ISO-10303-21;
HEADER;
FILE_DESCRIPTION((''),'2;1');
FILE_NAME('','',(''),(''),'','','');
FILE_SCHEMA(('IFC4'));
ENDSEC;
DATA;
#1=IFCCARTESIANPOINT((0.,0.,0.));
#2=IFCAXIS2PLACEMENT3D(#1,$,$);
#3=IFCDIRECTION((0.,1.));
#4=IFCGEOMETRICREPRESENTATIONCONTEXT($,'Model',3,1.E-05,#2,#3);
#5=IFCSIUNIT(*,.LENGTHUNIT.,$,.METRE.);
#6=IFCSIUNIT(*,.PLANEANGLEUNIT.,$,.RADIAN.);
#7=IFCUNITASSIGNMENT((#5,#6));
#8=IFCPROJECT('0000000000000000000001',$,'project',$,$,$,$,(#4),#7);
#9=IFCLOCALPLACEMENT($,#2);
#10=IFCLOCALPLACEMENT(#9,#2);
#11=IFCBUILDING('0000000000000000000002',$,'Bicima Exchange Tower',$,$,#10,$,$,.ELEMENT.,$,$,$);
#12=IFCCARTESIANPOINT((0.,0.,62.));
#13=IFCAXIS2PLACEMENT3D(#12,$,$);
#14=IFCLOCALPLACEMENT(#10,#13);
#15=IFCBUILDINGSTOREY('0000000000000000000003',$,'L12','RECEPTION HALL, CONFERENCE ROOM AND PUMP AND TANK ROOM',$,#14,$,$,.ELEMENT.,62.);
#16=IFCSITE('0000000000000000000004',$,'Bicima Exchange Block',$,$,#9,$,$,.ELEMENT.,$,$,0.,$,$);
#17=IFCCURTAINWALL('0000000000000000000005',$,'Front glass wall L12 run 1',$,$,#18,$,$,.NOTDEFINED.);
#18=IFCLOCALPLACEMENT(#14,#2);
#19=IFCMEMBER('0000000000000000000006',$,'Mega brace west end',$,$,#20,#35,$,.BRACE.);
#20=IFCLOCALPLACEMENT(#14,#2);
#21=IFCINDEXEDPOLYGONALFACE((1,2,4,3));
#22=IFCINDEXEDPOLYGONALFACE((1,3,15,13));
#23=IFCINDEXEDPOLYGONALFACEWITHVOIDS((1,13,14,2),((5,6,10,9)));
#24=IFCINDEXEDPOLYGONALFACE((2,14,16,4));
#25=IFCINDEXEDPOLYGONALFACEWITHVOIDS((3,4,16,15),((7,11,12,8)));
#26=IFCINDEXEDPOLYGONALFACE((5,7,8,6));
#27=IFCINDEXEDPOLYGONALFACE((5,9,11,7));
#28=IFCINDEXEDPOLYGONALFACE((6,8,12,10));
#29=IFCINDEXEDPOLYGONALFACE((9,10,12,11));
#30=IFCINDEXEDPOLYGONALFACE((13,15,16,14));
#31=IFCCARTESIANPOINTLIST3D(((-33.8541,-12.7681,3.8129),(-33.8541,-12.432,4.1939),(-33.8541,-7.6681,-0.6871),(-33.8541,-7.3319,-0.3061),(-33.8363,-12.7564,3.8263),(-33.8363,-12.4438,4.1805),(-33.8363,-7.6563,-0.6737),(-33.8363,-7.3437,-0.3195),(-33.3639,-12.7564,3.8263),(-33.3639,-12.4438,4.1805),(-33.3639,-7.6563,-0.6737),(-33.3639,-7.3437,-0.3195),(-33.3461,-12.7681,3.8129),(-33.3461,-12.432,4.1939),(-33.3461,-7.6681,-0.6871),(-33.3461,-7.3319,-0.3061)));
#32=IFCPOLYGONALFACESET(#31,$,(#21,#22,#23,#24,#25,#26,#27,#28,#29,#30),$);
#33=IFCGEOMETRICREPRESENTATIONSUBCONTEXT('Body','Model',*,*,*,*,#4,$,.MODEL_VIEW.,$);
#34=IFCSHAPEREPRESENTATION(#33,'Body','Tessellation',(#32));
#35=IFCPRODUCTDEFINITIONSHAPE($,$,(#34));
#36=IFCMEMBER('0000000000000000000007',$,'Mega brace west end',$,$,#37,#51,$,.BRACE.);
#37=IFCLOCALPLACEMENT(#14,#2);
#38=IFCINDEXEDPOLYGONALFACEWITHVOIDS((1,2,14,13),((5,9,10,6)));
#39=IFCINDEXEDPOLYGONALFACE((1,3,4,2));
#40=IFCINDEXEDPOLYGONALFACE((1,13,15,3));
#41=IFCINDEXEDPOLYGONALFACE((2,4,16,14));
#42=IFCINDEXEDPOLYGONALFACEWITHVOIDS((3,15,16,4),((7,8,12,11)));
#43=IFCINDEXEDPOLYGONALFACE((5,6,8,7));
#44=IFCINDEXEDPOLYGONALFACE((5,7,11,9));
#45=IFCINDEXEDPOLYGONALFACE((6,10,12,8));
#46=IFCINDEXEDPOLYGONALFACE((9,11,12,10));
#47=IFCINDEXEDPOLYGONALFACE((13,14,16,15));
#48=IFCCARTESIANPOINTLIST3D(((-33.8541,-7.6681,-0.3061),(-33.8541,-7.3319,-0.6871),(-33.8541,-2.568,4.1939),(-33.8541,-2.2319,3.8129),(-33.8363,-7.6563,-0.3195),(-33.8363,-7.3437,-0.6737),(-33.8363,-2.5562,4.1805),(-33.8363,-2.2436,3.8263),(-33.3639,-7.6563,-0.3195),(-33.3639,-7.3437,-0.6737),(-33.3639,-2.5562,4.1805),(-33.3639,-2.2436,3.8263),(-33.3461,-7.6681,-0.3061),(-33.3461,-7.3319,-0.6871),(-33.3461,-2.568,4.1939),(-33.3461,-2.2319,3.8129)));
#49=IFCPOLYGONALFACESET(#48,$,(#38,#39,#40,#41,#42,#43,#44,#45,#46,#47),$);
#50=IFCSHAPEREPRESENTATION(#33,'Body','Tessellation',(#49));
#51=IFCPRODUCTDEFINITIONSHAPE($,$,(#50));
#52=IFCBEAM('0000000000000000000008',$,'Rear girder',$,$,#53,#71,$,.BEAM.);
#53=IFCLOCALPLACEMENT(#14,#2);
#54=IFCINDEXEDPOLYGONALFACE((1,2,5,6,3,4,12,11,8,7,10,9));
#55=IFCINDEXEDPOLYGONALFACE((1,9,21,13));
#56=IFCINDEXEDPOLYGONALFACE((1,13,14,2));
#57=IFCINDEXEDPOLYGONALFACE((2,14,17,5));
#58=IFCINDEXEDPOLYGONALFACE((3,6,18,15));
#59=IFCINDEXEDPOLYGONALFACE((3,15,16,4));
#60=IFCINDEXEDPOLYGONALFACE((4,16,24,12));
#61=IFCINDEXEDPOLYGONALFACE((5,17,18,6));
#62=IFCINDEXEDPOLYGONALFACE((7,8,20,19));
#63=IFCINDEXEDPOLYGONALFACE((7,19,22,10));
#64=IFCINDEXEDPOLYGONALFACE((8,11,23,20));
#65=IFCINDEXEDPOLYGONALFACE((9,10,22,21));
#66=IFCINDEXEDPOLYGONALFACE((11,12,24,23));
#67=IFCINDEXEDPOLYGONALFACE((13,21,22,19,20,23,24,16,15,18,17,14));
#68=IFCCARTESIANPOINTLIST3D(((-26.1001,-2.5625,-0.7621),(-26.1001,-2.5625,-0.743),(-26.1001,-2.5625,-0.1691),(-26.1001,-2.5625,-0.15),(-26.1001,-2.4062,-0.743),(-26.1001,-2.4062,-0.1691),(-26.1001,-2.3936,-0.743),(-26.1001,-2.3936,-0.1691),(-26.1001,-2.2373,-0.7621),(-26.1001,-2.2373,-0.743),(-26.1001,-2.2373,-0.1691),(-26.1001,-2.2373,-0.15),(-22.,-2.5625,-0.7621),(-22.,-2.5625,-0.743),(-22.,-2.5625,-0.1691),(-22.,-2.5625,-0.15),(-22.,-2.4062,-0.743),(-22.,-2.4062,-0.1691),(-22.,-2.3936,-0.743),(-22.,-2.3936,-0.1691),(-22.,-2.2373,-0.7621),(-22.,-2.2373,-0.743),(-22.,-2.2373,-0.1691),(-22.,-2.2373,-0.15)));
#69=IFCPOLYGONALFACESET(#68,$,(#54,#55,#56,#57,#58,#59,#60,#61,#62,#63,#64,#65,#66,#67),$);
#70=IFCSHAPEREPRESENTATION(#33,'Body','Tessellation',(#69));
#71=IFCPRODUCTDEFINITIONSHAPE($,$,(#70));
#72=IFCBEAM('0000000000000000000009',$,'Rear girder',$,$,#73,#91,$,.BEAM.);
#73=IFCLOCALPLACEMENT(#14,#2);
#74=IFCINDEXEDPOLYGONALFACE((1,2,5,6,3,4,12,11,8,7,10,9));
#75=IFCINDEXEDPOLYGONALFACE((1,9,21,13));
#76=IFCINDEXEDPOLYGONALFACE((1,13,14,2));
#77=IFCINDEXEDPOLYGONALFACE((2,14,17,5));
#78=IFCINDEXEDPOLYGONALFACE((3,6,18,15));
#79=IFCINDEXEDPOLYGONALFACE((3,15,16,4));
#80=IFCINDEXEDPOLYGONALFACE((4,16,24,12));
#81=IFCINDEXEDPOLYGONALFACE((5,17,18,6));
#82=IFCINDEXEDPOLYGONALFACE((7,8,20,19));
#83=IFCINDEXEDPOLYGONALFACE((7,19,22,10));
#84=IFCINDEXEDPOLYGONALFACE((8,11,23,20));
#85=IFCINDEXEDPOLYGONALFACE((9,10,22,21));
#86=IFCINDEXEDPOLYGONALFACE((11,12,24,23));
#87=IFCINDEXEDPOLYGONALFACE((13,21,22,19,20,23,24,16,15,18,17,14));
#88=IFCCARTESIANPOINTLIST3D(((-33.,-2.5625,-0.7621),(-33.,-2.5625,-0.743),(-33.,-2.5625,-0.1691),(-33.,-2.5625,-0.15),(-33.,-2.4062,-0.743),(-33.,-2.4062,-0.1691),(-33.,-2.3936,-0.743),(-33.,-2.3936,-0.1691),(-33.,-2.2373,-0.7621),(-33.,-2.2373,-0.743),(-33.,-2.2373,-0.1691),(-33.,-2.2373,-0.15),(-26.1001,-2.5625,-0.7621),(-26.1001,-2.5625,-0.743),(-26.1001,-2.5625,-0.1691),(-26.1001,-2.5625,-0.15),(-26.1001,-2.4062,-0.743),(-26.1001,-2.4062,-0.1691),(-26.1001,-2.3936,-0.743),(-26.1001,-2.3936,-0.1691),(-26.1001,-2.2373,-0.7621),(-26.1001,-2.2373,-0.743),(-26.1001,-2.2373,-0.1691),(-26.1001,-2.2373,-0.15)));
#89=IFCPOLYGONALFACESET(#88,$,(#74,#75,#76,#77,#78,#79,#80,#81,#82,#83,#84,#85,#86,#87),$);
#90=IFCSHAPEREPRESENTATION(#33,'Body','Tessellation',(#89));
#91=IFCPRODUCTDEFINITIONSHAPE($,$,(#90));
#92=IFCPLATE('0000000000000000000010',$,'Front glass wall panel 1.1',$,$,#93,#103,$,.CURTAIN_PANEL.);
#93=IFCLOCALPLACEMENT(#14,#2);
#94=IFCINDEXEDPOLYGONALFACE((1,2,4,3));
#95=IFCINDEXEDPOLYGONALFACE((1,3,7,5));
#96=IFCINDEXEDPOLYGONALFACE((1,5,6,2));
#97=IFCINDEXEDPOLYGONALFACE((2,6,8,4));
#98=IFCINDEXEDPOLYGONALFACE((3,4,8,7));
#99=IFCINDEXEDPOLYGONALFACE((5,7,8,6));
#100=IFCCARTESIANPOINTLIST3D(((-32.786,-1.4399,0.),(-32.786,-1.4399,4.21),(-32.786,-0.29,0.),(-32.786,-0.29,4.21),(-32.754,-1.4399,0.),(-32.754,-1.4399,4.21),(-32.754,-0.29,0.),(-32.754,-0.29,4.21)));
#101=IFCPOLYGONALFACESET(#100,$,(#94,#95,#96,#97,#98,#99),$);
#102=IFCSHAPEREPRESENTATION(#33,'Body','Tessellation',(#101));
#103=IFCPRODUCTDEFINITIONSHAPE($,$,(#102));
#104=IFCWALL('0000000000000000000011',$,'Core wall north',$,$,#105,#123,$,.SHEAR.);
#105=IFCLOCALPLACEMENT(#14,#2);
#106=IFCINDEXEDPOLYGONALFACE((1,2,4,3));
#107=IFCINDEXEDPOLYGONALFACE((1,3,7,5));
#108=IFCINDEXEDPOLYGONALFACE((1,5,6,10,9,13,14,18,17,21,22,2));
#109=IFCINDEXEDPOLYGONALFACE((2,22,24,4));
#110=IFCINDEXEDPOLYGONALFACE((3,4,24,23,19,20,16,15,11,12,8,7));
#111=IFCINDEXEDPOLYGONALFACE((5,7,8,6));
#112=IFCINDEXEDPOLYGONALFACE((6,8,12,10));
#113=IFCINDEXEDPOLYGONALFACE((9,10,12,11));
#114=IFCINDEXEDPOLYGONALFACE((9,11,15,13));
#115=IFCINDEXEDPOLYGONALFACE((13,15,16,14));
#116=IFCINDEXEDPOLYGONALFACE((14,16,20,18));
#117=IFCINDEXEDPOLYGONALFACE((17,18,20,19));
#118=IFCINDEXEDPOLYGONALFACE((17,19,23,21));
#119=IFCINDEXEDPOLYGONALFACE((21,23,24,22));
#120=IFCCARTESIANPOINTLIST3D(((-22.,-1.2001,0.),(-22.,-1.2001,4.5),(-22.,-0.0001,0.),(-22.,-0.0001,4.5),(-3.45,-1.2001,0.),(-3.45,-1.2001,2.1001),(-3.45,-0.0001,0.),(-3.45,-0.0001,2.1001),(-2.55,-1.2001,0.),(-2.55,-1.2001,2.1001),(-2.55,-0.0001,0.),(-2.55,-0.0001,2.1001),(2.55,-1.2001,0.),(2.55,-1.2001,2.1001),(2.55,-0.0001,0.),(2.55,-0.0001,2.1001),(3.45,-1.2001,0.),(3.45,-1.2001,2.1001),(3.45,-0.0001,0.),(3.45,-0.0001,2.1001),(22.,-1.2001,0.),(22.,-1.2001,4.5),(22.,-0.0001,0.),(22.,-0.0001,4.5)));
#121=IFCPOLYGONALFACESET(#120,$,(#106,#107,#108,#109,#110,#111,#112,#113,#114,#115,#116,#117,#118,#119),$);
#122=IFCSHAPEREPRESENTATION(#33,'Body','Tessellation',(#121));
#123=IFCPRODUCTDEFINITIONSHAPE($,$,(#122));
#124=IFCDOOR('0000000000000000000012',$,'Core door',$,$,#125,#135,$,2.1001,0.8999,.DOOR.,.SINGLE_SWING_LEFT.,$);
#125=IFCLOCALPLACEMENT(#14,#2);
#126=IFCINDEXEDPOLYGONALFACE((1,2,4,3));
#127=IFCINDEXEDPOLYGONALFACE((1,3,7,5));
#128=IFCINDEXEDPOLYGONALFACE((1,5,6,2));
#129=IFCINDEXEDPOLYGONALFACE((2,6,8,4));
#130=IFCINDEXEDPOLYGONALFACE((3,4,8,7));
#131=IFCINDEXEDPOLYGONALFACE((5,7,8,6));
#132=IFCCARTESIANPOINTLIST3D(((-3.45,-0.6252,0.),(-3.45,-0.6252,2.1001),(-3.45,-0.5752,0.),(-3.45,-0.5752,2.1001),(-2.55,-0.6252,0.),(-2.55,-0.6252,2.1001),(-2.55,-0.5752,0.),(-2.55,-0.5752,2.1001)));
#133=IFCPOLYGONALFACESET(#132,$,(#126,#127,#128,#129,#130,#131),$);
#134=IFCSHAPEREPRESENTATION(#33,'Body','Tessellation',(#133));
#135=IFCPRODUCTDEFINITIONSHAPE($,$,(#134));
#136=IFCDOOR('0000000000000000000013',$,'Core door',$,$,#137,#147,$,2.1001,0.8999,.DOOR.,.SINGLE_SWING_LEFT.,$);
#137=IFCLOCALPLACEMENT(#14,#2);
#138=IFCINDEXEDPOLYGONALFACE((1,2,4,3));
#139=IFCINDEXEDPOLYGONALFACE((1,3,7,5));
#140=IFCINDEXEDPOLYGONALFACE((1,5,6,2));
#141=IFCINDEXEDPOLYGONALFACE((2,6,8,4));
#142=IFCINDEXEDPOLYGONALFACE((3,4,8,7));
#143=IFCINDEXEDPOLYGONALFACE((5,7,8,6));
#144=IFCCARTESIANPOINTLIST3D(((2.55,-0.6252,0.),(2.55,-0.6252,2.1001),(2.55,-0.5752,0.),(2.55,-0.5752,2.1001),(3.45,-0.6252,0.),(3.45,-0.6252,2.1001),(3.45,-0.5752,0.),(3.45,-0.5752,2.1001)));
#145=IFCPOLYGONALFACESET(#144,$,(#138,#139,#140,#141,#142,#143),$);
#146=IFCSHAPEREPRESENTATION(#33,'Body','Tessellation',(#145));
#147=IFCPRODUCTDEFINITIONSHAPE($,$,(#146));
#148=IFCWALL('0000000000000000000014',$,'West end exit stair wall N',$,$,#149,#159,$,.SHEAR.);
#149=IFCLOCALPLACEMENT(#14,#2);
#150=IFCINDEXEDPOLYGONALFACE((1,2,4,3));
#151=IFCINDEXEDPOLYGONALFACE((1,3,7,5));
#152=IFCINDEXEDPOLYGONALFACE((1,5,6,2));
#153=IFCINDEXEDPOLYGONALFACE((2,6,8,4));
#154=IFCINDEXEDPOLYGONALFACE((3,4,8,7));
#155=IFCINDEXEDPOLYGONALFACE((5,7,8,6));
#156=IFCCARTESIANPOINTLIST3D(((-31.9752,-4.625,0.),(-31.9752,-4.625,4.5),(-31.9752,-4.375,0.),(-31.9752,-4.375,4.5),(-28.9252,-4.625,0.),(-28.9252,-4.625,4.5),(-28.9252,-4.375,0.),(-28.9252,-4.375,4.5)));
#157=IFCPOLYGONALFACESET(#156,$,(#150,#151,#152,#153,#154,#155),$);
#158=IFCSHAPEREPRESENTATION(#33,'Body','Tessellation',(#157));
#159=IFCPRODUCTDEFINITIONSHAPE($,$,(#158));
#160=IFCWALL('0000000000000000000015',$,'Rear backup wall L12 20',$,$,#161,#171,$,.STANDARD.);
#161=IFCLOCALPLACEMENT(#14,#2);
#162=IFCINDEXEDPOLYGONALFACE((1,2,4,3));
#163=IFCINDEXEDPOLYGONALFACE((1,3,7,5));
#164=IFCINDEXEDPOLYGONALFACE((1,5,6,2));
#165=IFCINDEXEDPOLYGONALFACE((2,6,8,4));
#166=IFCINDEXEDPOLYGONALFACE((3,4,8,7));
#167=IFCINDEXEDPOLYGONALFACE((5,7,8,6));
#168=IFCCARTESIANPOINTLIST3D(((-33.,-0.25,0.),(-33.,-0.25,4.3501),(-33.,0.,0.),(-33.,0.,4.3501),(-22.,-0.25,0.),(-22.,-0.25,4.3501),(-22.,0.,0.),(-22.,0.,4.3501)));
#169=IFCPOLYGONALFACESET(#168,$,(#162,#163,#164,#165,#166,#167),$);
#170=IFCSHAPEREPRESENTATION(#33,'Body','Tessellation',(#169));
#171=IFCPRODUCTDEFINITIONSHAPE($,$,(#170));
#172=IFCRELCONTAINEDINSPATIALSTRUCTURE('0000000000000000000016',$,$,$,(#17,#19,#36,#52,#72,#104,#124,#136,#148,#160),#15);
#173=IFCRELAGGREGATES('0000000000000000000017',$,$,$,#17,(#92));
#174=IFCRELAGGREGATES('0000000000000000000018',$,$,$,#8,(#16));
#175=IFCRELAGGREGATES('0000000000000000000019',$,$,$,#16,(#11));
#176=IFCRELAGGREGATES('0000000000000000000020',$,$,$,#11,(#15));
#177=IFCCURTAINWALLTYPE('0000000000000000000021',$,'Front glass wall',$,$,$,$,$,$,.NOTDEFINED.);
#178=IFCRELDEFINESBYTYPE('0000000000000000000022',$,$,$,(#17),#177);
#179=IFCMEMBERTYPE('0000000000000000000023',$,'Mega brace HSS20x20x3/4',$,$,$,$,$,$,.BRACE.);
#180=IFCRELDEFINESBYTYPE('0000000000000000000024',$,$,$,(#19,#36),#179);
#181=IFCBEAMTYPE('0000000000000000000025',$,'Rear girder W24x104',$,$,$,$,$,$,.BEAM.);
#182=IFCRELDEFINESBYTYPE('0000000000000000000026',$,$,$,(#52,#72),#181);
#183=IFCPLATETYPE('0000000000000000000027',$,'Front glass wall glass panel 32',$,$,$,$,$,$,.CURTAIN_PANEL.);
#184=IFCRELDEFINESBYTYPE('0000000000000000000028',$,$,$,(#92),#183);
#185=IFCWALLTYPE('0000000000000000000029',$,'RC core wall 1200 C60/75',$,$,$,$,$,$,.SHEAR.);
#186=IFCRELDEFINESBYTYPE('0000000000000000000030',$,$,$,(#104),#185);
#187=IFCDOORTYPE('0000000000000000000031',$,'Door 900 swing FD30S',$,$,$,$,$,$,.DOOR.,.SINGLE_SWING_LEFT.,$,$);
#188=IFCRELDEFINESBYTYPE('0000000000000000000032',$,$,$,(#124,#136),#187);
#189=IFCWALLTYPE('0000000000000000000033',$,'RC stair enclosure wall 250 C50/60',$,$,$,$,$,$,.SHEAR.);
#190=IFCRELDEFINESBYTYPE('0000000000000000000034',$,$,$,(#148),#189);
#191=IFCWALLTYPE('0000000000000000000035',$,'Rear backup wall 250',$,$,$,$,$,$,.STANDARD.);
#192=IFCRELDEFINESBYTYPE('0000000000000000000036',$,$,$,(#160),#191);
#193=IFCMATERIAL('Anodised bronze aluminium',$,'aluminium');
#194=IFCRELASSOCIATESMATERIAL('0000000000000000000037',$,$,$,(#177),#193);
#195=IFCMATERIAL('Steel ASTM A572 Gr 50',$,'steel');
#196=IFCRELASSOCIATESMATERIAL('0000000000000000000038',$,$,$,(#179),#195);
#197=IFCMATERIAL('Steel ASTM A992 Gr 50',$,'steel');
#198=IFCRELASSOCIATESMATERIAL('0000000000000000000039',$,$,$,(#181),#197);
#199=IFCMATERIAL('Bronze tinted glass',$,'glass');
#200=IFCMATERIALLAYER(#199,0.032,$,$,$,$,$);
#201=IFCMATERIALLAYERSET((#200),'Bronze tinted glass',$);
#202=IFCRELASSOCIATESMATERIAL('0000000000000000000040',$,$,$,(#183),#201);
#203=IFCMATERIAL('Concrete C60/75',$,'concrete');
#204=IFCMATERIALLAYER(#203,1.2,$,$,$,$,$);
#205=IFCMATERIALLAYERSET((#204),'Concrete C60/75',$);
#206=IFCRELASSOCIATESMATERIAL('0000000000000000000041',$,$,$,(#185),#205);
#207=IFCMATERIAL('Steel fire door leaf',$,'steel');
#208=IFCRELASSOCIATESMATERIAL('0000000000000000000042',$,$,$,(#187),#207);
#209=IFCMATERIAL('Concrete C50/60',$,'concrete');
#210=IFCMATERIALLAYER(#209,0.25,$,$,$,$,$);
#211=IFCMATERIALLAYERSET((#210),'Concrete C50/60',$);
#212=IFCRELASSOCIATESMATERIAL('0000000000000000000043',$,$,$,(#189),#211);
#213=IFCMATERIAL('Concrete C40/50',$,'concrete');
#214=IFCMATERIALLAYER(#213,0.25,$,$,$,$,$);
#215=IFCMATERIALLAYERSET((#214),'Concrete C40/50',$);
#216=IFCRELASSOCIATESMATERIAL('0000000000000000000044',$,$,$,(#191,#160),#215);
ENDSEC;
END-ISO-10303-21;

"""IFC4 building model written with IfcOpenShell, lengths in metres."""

from ifc_helpers import new_model, si_unit, direction, frame, frame_2d, origin, origin_2d, place, context, subcontext, project, spatial, rectangle, hollow_rectangle, i_section, extrude, material, layer, layer_set, layer_usage, material_profile, profile_set, type_object, element, fill, aggregate, save


model = new_model("IFC4")

# Units and contexts
model_context = context("Model", 3, precision=1e-05, world=origin(), true_north=direction((0.0, 1.0)))
body_context = subcontext(model_context, "Body", "Model", "MODEL_VIEW")
ifc_project = project(units=[si_unit("LENGTHUNIT", "METRE"), si_unit("PLANEANGLEUNIT", "RADIAN")], contexts=[model_context])

# Site, building, storey
site_placement = place(None, origin())
site = spatial("IfcSite", under=ifc_project, at=site_placement, Name="Bicima Exchange Block", CompositionType="ELEMENT", RefElevation=0.0)
building_placement = place(site_placement, origin())
building = spatial("IfcBuilding", under=site, at=building_placement, Name="Bicima Exchange Tower", CompositionType="ELEMENT")
storey_placement = place(building_placement, frame((0.0, 0.0, 62.0)))
storey = spatial("IfcBuildingStorey", under=building, at=storey_placement, Name="L12", Description="RECEPTION HALL, CONFERENCE ROOM AND PUMP AND TANK ROOM", CompositionType="ELEMENT", Elevation=62.0)

# Shared definitions
ifc_material_1 = material(Name="Steel ASTM A572 Gr 50", Category="steel")
ifc_material_2 = material(Name="Steel ASTM A992 Gr 50", Category="steel")

# Curtain wall
ifc_material_3 = material(Name="Anodised bronze aluminium", Category="aluminium")
curtain_wall_type = type_object("IfcCurtainWallType", Name="Front glass wall", PredefinedType="NOTDEFINED", material=ifc_material_3)
curtain_wall_placement = place(storey_placement, origin())
curtain_wall = element("IfcCurtainWall", 1, at=curtain_wall_placement, inside=storey, type_object=curtain_wall_type, Name="Front glass wall L12 run 1", PredefinedType="NOTDEFINED")

# Members
ifc_material_profile_1 = material_profile(ifc_material_1, hollow_rectangle(XDim=0.5081, YDim=0.5081, WallThickness=0.0178, at=origin_2d()))
ifc_profile_set_1 = profile_set([ifc_material_profile_1], Name="Steel ASTM A572 Gr 50")
member_type_1 = type_object("IfcMemberType", Name="Mega brace HSS20x20x3/4", PredefinedType="BRACE", material=ifc_profile_set_1)
for number, where, z_axis, x_axis, name in (
    (2, (-33.6001, -7.5, -0.4966), (0.0, -0.749844, 0.661615), (1.0, 0.0, 0.0), "Mega brace west end"),
    (3, (-33.6001, -7.5, -0.4966), (0.0, 0.749844, 0.661615), (-1.0, 0.0, 0.0), "Mega brace west end"),
):
    element("IfcMember", number, at=place(storey_placement, frame(where, z_axis=z_axis, x_axis=x_axis)), inside=storey, type_object=member_type_1, Name=name, PredefinedType="BRACE", context=body_context, shape_type="SweptSolid", body=[
        extrude(hollow_rectangle(XDim=0.5081, YDim=0.5081, WallThickness=0.0178, at=origin_2d()), origin(), (0.0, 0.0, 1.0), 6.8015),
    ])

# Beams
ifc_material_profile_2 = material_profile(ifc_material_2, i_section(OverallWidth=0.3252, OverallDepth=0.6121, WebThickness=0.0127, FlangeThickness=0.019, at=origin_2d()))
ifc_profile_set_2 = profile_set([ifc_material_profile_2], Name="Steel ASTM A992 Gr 50")
beam_type_1 = type_object("IfcBeamType", Name="Rear girder W24x104", PredefinedType="BEAM", material=ifc_profile_set_2)
beam_1_placement = place(storey_placement, frame((-22.0, -2.3999, -0.4561), z_axis=(-1.0, 0.0, 0.0), x_axis=(0.0, -1.0, 0.0)))
element("IfcBeam", 4, at=beam_1_placement, inside=storey, type_object=beam_type_1, Name="Rear girder", PredefinedType="BEAM", context=body_context, shape_type="SweptSolid", body=[
    extrude(i_section(OverallWidth=0.3252, OverallDepth=0.6121, WebThickness=0.0127, FlangeThickness=0.019, at=origin_2d()), origin(), (0.0, 0.0, 1.0), 4.1001),
])
beam_2_placement = place(storey_placement, frame((-26.1001, -2.3999, -0.4561), z_axis=(-1.0, 0.0, 0.0), x_axis=(0.0, -1.0, 0.0)))
element("IfcBeam", 5, at=beam_2_placement, inside=storey, type_object=beam_type_1, Name="Rear girder", PredefinedType="BEAM", context=body_context, shape_type="SweptSolid", body=[
    extrude(i_section(OverallWidth=0.3252, OverallDepth=0.6121, WebThickness=0.0127, FlangeThickness=0.019, at=origin_2d()), origin(), (0.0, 0.0, 1.0), 6.8999),
])

# Plate
ifc_material_4 = material(Name="Bronze tinted glass", Category="glass")
ifc_layer_1 = layer(ifc_material_4, 0.032)
ifc_layer_set_1 = layer_set([ifc_layer_1], Name="Bronze tinted glass")
plate_type = type_object("IfcPlateType", Name="Front glass wall glass panel 32", PredefinedType="CURTAIN_PANEL", material=ifc_layer_set_1)
plate_placement = place(storey_placement, frame((-32.77, -0.865, 0.0), z_axis=(0.0, 0.0, 1.0), x_axis=(0.0, -1.0, 0.0)))
plate = element("IfcPlate", 6, at=plate_placement, type_object=plate_type, Name="Front glass wall panel 1.1", PredefinedType="CURTAIN_PANEL", context=body_context, shape_type="SweptSolid", body=[
    extrude(rectangle(XDim=1.1499, YDim=0.032, at=origin_2d()), origin(), (0.0, 0.0, 1.0), 4.21),
])
aggregate(curtain_wall, [plate])

# Wall, openings, doors
ifc_material_5 = material(Name="Concrete C60/75", Category="concrete")
ifc_layer_2 = layer(ifc_material_5, 1.2)
ifc_layer_set_2 = layer_set([ifc_layer_2], Name="Concrete C60/75")
wall_type_1 = type_object("IfcWallType", Name="RC core wall 1200 C60/75", PredefinedType="SHEAR", material=ifc_layer_set_2)
wall_1_placement = place(storey_placement, frame((-22.0, -0.6001, 0.0), z_axis=(0.0, 0.0, 1.0), x_axis=(1.0, 0.0, 0.0)))
wall_1 = element("IfcWall", 7, at=wall_1_placement, inside=storey, type_object=wall_type_1, Name="Core wall north", PredefinedType="SHEAR", context=body_context, shape_type="SweptSolid", body=[
    extrude(rectangle(XDim=44.0, YDim=1.2, at=frame_2d((22.0, 0.0))), origin(), (0.0, 0.0, 1.0), 4.5),
])
opening_1_placement = place(wall_1_placement, frame((18.55, 0.0, 0.0)))
opening_1 = element("IfcOpeningElement", 8, at=opening_1_placement, cuts=wall_1, PredefinedType="OPENING", context=body_context, shape_type="SweptSolid", body=[
    extrude(rectangle(XDim=0.8999, YDim=2.1001, at=frame_2d((0.45, 1.05))), frame((0.0, 0.6118, 0.0), z_axis=(0.0, -1.0, 0.0), x_axis=(1.0, 0.0, 0.0)), (0.0, 0.0, 1.0), 1.2239),
])
opening_2_placement = place(wall_1_placement, frame((24.55, 0.0, 0.0)))
opening_2 = element("IfcOpeningElement", 9, at=opening_2_placement, cuts=wall_1, PredefinedType="OPENING", context=body_context, shape_type="SweptSolid", body=[
    extrude(rectangle(XDim=0.8999, YDim=2.1001, at=frame_2d((0.45, 1.05))), frame((0.0, 0.6118, 0.0), z_axis=(0.0, -1.0, 0.0), x_axis=(1.0, 0.0, 0.0)), (0.0, 0.0, 1.0), 1.2239),
])
ifc_material_6 = material(Name="Steel fire door leaf", Category="steel")
door_type = type_object("IfcDoorType", Name="Door 900 swing FD30S", OperationType="SINGLE_SWING_LEFT", PredefinedType="DOOR", material=ifc_material_6)
door_1_placement = place(opening_1_placement, origin())
door_1 = element("IfcDoor", 10, at=door_1_placement, inside=storey, type_object=door_type, Name="Core door", OperationType="SINGLE_SWING_LEFT", OverallHeight=2.1001, OverallWidth=0.8999, PredefinedType="DOOR", context=body_context, shape_type="SweptSolid", body=[
    extrude(rectangle(XDim=0.8999, YDim=2.1001, at=frame_2d((0.45, 1.05))), frame((0.0, 0.0249, 0.0), z_axis=(0.0, -1.0, 0.0), x_axis=(1.0, 0.0, 0.0)), (0.0, 0.0, 1.0), 0.05),
])
fill(opening_1, door_1)
door_2_placement = place(opening_2_placement, origin())
door_2 = element("IfcDoor", 11, at=door_2_placement, inside=storey, type_object=door_type, Name="Core door", OperationType="SINGLE_SWING_LEFT", OverallHeight=2.1001, OverallWidth=0.8999, PredefinedType="DOOR", context=body_context, shape_type="SweptSolid", body=[
    extrude(rectangle(XDim=0.8999, YDim=2.1001, at=frame_2d((0.45, 1.05))), frame((0.0, 0.0249, 0.0), z_axis=(0.0, -1.0, 0.0), x_axis=(1.0, 0.0, 0.0)), (0.0, 0.0, 1.0), 0.05),
])
fill(opening_2, door_2)

# Walls
ifc_material_7 = material(Name="Concrete C50/60", Category="concrete")
ifc_layer_3 = layer(ifc_material_7, 0.25)
ifc_layer_set_3 = layer_set([ifc_layer_3], Name="Concrete C50/60")
wall_type_2 = type_object("IfcWallType", Name="RC stair enclosure wall 250 C50/60", PredefinedType="SHEAR", material=ifc_layer_set_3)
wall_2_placement = place(storey_placement, frame((-31.9751, -4.5, 0.0), z_axis=(0.0, 0.0, 1.0), x_axis=(1.0, 0.0, 0.0)))
element("IfcWall", 12, at=wall_2_placement, inside=storey, type_object=wall_type_2, Name="West end exit stair wall N", PredefinedType="SHEAR", context=body_context, shape_type="SweptSolid", body=[
    extrude(rectangle(XDim=3.05, YDim=0.25, at=frame_2d((1.5249, 0.0))), origin(), (0.0, 0.0, 1.0), 4.5),
])
ifc_material_8 = material(Name="Concrete C40/50", Category="concrete")
ifc_layer_4 = layer(ifc_material_8, 0.25)
ifc_layer_set_4 = layer_set([ifc_layer_4], Name="Concrete C40/50")
ifc_layer_usage = layer_usage(ifc_layer_set_4, "AXIS2", "POSITIVE", -0.125)
wall_type_3 = type_object("IfcWallType", Name="Rear backup wall 250", PredefinedType="STANDARD", material=ifc_layer_set_4)
wall_3_placement = place(storey_placement, frame((-22.0, -0.125, 0.0), z_axis=(0.0, 0.0, 1.0), x_axis=(-1.0, 0.0, 0.0)))
element("IfcWall", 13, at=wall_3_placement, inside=storey, type_object=wall_type_3, material=ifc_layer_usage, Name="Rear backup wall L12 20", PredefinedType="STANDARD", context=body_context, shape_type="SweptSolid", body=[
    extrude(rectangle(XDim=11.0, YDim=0.25, at=frame_2d((5.5, 0.0))), origin(), (0.0, 0.0, 1.0), 4.3501),
])

save(model, "model.ifc")
